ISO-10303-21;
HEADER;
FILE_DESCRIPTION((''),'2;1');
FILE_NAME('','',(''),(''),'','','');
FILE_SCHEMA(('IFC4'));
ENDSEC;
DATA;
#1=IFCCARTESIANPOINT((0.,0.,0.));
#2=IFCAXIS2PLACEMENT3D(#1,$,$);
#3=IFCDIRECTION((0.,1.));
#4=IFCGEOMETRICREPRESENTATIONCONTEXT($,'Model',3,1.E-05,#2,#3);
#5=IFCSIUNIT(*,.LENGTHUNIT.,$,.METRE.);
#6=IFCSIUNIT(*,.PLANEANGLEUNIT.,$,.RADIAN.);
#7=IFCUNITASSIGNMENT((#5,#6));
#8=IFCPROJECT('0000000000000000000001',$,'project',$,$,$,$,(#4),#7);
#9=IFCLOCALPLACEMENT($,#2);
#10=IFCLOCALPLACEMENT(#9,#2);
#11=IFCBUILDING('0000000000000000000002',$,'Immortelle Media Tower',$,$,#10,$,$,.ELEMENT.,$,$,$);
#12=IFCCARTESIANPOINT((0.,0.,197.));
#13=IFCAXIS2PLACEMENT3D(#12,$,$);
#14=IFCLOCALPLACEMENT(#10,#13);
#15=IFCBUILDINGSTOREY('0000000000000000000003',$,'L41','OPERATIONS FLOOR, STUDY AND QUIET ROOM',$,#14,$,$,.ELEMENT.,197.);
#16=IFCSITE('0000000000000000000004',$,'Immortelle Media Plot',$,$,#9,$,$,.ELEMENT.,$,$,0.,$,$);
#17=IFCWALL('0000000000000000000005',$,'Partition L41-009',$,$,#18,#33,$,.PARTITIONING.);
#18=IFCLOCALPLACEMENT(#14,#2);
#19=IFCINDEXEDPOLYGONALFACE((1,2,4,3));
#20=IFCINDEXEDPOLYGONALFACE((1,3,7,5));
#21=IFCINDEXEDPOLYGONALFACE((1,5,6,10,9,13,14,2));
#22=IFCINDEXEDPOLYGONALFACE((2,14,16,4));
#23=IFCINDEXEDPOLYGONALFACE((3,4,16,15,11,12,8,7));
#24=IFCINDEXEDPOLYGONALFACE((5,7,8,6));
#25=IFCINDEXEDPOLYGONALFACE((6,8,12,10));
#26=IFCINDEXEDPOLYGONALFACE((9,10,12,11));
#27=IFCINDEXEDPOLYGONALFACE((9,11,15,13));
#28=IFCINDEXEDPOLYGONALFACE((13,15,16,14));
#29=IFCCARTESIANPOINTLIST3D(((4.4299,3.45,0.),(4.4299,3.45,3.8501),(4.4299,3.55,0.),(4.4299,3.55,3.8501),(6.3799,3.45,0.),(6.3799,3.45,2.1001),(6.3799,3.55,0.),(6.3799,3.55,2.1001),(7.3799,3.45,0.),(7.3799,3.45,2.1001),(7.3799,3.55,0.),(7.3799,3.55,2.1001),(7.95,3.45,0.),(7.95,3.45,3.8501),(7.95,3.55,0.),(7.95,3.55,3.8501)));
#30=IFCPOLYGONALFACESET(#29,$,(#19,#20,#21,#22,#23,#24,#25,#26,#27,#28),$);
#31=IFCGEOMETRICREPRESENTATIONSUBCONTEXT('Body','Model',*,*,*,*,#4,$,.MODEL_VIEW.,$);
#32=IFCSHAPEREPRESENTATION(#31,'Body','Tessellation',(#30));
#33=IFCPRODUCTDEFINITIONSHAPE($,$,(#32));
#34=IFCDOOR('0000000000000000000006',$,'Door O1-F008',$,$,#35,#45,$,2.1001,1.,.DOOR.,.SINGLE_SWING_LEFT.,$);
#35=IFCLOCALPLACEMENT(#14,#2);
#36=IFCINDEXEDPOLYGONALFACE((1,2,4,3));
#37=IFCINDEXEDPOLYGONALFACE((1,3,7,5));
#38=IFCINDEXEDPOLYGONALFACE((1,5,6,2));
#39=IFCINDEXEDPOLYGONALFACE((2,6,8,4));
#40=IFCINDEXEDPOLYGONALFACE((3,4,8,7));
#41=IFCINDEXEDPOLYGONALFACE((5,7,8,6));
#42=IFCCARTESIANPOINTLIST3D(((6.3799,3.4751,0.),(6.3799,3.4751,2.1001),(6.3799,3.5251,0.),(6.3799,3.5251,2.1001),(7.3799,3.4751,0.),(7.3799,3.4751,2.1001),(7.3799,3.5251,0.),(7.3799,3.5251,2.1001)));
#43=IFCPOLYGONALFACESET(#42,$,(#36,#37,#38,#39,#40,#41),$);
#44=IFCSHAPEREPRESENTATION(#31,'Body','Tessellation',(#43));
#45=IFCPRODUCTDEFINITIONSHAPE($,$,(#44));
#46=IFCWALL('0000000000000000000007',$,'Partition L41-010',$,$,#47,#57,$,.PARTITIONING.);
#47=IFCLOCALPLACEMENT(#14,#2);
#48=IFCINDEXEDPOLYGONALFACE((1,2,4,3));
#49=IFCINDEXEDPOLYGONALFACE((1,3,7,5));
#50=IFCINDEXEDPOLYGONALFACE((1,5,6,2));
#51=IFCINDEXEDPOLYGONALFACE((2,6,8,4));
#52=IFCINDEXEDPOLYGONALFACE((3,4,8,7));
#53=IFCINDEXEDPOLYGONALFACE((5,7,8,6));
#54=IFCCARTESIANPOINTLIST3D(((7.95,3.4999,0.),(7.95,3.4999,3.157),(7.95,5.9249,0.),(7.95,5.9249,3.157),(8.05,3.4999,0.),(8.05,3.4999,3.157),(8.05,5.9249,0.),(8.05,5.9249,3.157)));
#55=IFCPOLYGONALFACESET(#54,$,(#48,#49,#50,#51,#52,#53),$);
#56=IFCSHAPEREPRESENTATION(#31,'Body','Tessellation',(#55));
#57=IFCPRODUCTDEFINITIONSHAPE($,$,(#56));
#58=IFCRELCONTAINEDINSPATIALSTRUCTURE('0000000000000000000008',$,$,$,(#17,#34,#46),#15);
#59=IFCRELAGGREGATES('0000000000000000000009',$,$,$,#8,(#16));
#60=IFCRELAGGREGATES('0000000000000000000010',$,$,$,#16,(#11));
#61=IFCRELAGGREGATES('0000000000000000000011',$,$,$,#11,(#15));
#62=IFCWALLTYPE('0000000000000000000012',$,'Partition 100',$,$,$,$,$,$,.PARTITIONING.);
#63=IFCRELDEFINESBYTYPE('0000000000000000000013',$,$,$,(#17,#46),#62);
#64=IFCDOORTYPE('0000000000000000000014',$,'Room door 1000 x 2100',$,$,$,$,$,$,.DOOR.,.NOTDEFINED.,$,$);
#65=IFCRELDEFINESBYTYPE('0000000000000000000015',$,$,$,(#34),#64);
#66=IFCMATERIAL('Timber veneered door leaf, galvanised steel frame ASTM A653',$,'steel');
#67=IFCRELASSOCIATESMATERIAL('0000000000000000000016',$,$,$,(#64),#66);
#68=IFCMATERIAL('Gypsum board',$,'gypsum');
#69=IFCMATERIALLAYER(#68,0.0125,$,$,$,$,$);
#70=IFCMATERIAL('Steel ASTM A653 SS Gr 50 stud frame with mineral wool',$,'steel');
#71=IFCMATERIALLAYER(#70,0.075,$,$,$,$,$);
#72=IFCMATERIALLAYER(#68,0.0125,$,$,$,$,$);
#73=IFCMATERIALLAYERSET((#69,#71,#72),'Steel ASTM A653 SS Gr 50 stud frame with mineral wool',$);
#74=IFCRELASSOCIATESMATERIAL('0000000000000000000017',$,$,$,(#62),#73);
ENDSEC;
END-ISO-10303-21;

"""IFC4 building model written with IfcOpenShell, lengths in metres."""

from ifc_helpers import new_model, si_unit, direction, frame, frame_2d, origin, place, context, subcontext, project, spatial, rectangle, extrude, material, layer, layer_set, type_object, element, fill, save


model = new_model("IFC4")

# Units and contexts
model_context = context("Model", 3, precision=1e-05, world=origin(), true_north=direction((0.0, 1.0)))
body_context = subcontext(model_context, "Body", "Model", "MODEL_VIEW")
ifc_project = project(units=[si_unit("LENGTHUNIT", "METRE"), si_unit("PLANEANGLEUNIT", "RADIAN")], contexts=[model_context])

# Site, building, storey
site_placement = place(None, origin())
site = spatial("IfcSite", under=ifc_project, at=site_placement, Name="Immortelle Media Plot", CompositionType="ELEMENT", RefElevation=0.0)
building_placement = place(site_placement, origin())
building = spatial("IfcBuilding", under=site, at=building_placement, Name="Immortelle Media Tower", CompositionType="ELEMENT")
storey_placement = place(building_placement, frame((0.0, 0.0, 197.0)))
storey = spatial("IfcBuildingStorey", under=building, at=storey_placement, Name="L41", Description="OPERATIONS FLOOR, STUDY AND QUIET ROOM", CompositionType="ELEMENT", Elevation=197.0)

# Shared definitions
ifc_material_1 = material(Name="Steel ASTM A653 SS Gr 50 stud frame with mineral wool", Category="steel")
ifc_material_2 = material(Name="Timber veneered door leaf, galvanised steel frame ASTM A653", Category="steel")
door_type = type_object("IfcDoorType", Name="Room door 1000 x 2100", OperationType="NOTDEFINED", PredefinedType="DOOR", material=ifc_material_2)

# Shared definitions
ifc_material_3 = material(Name="Gypsum board", Category="gypsum")
ifc_layer_1 = layer(ifc_material_3, 0.0125)
ifc_layer_2 = layer(ifc_material_1, 0.075)
ifc_layer_3 = layer(ifc_material_3, 0.0125)
ifc_layer_set_1 = layer_set([ifc_layer_1, ifc_layer_2, ifc_layer_3], Name="Steel ASTM A653 SS Gr 50 stud frame with mineral wool")
wall_type_1 = type_object("IfcWallType", Name="Partition 100", PredefinedType="PARTITIONING", material=ifc_layer_set_1)

# Wall, opening, door
wall_1_placement = place(storey_placement, frame((4.4299, 3.5, 0.0), z_axis=(0.0, 0.0, 1.0), x_axis=(1.0, 0.0, 0.0)))
wall_1 = element("IfcWall", 1, at=wall_1_placement, inside=storey, type_object=wall_type_1, Name="Partition L41-009", PredefinedType="PARTITIONING", context=body_context, shape_type="SweptSolid", body=[
    extrude(rectangle(XDim=3.52, YDim=0.1001, at=frame_2d((1.76, 0.0))), origin(), (0.0, 0.0, 1.0), 3.8501),
])
opening_1_placement = place(wall_1_placement, frame((2.95, 0.0, 0.0), z_axis=(0.0, 0.0, 1.0), x_axis=(-1.0, 0.0, 0.0)))
opening_1 = element("IfcOpeningElement", 2, at=opening_1_placement, cuts=wall_1, PredefinedType="OPENING", context=body_context, shape_type="SweptSolid", body=[
    extrude(rectangle(XDim=1.0, YDim=2.1001, at=frame_2d((0.5, 1.05))), frame((0.0, 0.0601, 0.0), z_axis=(0.0, -1.0, 0.0), x_axis=(1.0, 0.0, 0.0)), (0.0, 0.0, 1.0), 0.1201),
])
door_1_placement = place(opening_1_placement, origin())
door_1 = element("IfcDoor", 3, at=door_1_placement, inside=storey, type_object=door_type, Name="Door O1-F008", OperationType="SINGLE_SWING_LEFT", OverallHeight=2.1001, OverallWidth=1.0, PredefinedType="DOOR", context=body_context, shape_type="SweptSolid", body=[
    extrude(rectangle(XDim=1.0, YDim=2.1001, at=frame_2d((0.5, 1.05))), frame((0.0, 0.0249, 0.0), z_axis=(0.0, -1.0, 0.0), x_axis=(1.0, 0.0, 0.0)), (0.0, 0.0, 1.0), 0.05),
])
fill(opening_1, door_1)

# Wall
wall_2_placement = place(storey_placement, frame((8.0, 3.5, 0.0), z_axis=(0.0, 0.0, 1.0), x_axis=(0.0, 1.0, 0.0)))
element("IfcWall", 4, at=wall_2_placement, inside=storey, type_object=wall_type_1, Name="Partition L41-010", PredefinedType="PARTITIONING", context=body_context, shape_type="SweptSolid", body=[
    extrude(rectangle(XDim=2.425, YDim=0.1001, at=frame_2d((1.2124, 0.0))), origin(), (0.0, 0.0, 1.0), 3.157),
])

save(model, "model.ifc")
